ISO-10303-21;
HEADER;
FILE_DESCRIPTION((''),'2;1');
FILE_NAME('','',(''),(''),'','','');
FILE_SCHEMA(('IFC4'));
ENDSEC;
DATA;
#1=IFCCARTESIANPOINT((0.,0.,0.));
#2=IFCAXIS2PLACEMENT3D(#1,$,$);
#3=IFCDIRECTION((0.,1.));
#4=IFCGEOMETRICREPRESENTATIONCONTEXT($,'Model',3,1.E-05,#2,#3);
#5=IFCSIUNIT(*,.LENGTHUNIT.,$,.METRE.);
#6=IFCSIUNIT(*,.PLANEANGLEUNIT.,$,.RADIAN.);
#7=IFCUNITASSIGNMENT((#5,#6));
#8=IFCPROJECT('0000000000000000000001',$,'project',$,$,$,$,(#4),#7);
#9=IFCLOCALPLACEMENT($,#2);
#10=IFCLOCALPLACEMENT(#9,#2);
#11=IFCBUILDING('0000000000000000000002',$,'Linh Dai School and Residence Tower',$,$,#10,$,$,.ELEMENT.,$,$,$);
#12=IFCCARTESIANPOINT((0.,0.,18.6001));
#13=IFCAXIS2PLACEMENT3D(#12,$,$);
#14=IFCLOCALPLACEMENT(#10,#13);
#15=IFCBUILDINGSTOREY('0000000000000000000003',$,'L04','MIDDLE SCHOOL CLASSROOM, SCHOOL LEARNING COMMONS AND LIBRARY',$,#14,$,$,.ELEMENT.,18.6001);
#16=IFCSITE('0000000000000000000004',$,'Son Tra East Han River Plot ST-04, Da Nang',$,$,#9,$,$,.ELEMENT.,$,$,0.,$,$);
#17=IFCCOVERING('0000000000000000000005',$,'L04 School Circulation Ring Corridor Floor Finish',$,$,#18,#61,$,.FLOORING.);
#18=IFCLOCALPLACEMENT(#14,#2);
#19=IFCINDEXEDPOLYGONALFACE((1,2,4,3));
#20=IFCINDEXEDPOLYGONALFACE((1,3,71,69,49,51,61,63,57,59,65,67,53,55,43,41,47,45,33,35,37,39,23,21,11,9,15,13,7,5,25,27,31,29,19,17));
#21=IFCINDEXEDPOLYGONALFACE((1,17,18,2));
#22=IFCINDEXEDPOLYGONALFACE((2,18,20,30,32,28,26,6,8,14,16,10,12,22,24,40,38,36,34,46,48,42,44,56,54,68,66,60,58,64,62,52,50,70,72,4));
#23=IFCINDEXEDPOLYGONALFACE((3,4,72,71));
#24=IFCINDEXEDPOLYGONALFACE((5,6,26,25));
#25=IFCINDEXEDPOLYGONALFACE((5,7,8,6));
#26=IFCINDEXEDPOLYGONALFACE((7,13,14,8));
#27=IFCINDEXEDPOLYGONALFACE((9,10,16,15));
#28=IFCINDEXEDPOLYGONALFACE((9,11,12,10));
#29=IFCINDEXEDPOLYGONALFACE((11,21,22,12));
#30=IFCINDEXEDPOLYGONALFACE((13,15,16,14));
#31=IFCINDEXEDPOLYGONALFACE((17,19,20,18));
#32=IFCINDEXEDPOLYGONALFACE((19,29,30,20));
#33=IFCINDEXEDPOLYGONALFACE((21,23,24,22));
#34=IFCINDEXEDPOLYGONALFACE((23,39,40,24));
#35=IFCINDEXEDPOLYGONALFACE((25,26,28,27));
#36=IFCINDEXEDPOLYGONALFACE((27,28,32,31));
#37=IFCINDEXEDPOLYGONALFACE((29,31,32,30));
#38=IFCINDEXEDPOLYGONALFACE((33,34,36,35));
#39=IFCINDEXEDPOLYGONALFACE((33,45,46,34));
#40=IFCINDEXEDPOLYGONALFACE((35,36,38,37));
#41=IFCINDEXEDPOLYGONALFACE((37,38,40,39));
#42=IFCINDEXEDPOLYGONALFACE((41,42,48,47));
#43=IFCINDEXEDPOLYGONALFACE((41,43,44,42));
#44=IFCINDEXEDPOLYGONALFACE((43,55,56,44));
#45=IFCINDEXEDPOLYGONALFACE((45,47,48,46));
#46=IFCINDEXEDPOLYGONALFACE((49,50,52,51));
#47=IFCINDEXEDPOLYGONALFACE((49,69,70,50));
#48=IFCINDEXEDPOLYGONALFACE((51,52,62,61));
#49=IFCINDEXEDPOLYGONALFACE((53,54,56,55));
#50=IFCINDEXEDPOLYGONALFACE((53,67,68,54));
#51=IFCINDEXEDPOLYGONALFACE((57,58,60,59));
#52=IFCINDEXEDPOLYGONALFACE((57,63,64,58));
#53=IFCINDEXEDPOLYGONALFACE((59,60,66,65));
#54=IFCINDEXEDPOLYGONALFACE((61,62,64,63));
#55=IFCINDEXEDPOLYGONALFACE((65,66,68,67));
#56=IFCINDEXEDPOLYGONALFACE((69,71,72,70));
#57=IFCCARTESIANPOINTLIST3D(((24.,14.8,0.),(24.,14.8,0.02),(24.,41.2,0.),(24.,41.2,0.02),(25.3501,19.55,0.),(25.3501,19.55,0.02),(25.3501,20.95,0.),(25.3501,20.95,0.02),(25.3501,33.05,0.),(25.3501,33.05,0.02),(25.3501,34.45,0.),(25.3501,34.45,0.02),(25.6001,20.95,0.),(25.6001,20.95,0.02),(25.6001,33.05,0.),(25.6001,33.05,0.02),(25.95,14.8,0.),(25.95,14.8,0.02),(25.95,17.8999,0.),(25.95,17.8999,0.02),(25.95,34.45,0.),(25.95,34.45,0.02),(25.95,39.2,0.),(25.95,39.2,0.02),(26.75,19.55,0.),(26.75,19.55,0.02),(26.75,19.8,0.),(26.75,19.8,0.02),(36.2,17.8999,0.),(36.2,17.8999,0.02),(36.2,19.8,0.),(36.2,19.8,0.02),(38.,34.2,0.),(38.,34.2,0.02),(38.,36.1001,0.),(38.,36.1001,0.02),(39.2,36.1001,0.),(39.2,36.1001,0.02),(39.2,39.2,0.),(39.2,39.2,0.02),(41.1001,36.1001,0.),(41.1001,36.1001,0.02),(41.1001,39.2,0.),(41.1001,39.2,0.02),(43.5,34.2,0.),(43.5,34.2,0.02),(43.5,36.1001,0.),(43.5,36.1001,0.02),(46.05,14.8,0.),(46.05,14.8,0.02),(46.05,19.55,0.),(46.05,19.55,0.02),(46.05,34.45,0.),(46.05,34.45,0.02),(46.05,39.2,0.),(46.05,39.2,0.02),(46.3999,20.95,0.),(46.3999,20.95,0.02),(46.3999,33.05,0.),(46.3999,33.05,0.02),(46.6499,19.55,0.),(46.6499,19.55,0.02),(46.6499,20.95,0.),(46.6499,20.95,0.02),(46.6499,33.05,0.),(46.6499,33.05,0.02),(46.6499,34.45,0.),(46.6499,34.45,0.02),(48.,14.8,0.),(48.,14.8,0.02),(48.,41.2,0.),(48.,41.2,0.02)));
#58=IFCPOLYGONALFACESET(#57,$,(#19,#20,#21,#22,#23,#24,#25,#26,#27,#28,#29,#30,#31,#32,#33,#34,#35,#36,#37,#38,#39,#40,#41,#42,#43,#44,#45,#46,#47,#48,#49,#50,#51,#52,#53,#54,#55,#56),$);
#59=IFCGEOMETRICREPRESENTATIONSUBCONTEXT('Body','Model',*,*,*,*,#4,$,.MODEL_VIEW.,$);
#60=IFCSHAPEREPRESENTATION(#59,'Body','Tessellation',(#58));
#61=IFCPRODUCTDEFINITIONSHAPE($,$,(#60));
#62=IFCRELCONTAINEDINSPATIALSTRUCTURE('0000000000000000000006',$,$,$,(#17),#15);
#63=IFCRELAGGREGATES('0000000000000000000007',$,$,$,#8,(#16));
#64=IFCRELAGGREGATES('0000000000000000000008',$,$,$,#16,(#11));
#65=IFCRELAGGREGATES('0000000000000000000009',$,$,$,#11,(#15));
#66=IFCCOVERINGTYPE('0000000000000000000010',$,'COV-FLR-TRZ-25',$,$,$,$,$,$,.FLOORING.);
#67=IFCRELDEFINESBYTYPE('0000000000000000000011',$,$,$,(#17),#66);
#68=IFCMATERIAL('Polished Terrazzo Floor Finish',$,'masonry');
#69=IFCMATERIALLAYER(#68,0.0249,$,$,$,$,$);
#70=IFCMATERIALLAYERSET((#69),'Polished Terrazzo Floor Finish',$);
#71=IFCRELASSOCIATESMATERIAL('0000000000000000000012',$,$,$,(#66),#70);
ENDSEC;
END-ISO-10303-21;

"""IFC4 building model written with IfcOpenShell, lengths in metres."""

from ifc_helpers import new_model, si_unit, direction, frame, origin, place, context, subcontext, project, spatial, polyline, outline, extrude, material, layer, layer_set, type_object, element, save


model = new_model("IFC4")

# Units and contexts
model_context = context("Model", 3, precision=1e-05, world=origin(), true_north=direction((0.0, 1.0)))
body_context = subcontext(model_context, "Body", "Model", "MODEL_VIEW")
ifc_project = project(units=[si_unit("LENGTHUNIT", "METRE"), si_unit("PLANEANGLEUNIT", "RADIAN")], contexts=[model_context])

# Site, building, storey
site_placement = place(None, origin())
site = spatial("IfcSite", under=ifc_project, at=site_placement, Name="Son Tra East Han River Plot ST-04, Da Nang", CompositionType="ELEMENT", RefElevation=0.0)
building_placement = place(site_placement, origin())
building = spatial("IfcBuilding", under=site, at=building_placement, Name="Linh Dai School and Residence Tower", CompositionType="ELEMENT")
storey_placement = place(building_placement, frame((0.0, 0.0, 18.6001)))
storey = spatial("IfcBuildingStorey", under=building, at=storey_placement, Name="L04", Description="MIDDLE SCHOOL CLASSROOM, SCHOOL LEARNING COMMONS AND LIBRARY", CompositionType="ELEMENT", Elevation=18.6001)

# Covering
ifc_material_1 = material(Name="Polished Terrazzo Floor Finish", Category="masonry")
ifc_layer_1 = layer(ifc_material_1, 0.0249)
ifc_layer_set_1 = layer_set([ifc_layer_1], Name="Polished Terrazzo Floor Finish")
covering_type_1 = type_object("IfcCoveringType", Name="COV-FLR-TRZ-25", PredefinedType="FLOORING", material=ifc_layer_set_1)
covering_1_placement = place(storey_placement, origin())
element("IfcCovering", 1, at=covering_1_placement, inside=storey, type_object=covering_type_1, Name="L04 School Circulation Ring Corridor Floor Finish", PredefinedType="FLOORING", context=body_context, shape_type="SweptSolid", body=[
    extrude(outline(polyline([(24.0, 41.2), (48.0, 41.2), (48.0, 14.8), (46.05, 14.8), (46.05, 19.55), (46.6499, 19.55), (46.6499, 20.95), (46.3999, 20.95), (46.3999, 33.05), (46.6499, 33.05), (46.6499, 34.45), (46.05, 34.45), (46.05, 39.2), (41.1001, 39.2), (41.1001, 36.1001), (43.5, 36.1001), (43.5, 34.2), (38.0, 34.2), (38.0, 36.1001), (39.2, 36.1001), (39.2, 39.2), (25.95, 39.2), (25.95, 34.45), (25.3501, 34.45), (25.3501, 33.05), (25.6001, 33.05), (25.6001, 20.95), (25.3501, 20.95), (25.3501, 19.55), (26.75, 19.55), (26.75, 19.8), (36.2, 19.8), (36.2, 17.8999), (25.95, 17.8999), (25.95, 14.8), (24.0, 14.8), (24.0, 41.2)])), origin(), (0.0, 0.0, 1.0), 0.02),
])

save(model, "model.ifc")
